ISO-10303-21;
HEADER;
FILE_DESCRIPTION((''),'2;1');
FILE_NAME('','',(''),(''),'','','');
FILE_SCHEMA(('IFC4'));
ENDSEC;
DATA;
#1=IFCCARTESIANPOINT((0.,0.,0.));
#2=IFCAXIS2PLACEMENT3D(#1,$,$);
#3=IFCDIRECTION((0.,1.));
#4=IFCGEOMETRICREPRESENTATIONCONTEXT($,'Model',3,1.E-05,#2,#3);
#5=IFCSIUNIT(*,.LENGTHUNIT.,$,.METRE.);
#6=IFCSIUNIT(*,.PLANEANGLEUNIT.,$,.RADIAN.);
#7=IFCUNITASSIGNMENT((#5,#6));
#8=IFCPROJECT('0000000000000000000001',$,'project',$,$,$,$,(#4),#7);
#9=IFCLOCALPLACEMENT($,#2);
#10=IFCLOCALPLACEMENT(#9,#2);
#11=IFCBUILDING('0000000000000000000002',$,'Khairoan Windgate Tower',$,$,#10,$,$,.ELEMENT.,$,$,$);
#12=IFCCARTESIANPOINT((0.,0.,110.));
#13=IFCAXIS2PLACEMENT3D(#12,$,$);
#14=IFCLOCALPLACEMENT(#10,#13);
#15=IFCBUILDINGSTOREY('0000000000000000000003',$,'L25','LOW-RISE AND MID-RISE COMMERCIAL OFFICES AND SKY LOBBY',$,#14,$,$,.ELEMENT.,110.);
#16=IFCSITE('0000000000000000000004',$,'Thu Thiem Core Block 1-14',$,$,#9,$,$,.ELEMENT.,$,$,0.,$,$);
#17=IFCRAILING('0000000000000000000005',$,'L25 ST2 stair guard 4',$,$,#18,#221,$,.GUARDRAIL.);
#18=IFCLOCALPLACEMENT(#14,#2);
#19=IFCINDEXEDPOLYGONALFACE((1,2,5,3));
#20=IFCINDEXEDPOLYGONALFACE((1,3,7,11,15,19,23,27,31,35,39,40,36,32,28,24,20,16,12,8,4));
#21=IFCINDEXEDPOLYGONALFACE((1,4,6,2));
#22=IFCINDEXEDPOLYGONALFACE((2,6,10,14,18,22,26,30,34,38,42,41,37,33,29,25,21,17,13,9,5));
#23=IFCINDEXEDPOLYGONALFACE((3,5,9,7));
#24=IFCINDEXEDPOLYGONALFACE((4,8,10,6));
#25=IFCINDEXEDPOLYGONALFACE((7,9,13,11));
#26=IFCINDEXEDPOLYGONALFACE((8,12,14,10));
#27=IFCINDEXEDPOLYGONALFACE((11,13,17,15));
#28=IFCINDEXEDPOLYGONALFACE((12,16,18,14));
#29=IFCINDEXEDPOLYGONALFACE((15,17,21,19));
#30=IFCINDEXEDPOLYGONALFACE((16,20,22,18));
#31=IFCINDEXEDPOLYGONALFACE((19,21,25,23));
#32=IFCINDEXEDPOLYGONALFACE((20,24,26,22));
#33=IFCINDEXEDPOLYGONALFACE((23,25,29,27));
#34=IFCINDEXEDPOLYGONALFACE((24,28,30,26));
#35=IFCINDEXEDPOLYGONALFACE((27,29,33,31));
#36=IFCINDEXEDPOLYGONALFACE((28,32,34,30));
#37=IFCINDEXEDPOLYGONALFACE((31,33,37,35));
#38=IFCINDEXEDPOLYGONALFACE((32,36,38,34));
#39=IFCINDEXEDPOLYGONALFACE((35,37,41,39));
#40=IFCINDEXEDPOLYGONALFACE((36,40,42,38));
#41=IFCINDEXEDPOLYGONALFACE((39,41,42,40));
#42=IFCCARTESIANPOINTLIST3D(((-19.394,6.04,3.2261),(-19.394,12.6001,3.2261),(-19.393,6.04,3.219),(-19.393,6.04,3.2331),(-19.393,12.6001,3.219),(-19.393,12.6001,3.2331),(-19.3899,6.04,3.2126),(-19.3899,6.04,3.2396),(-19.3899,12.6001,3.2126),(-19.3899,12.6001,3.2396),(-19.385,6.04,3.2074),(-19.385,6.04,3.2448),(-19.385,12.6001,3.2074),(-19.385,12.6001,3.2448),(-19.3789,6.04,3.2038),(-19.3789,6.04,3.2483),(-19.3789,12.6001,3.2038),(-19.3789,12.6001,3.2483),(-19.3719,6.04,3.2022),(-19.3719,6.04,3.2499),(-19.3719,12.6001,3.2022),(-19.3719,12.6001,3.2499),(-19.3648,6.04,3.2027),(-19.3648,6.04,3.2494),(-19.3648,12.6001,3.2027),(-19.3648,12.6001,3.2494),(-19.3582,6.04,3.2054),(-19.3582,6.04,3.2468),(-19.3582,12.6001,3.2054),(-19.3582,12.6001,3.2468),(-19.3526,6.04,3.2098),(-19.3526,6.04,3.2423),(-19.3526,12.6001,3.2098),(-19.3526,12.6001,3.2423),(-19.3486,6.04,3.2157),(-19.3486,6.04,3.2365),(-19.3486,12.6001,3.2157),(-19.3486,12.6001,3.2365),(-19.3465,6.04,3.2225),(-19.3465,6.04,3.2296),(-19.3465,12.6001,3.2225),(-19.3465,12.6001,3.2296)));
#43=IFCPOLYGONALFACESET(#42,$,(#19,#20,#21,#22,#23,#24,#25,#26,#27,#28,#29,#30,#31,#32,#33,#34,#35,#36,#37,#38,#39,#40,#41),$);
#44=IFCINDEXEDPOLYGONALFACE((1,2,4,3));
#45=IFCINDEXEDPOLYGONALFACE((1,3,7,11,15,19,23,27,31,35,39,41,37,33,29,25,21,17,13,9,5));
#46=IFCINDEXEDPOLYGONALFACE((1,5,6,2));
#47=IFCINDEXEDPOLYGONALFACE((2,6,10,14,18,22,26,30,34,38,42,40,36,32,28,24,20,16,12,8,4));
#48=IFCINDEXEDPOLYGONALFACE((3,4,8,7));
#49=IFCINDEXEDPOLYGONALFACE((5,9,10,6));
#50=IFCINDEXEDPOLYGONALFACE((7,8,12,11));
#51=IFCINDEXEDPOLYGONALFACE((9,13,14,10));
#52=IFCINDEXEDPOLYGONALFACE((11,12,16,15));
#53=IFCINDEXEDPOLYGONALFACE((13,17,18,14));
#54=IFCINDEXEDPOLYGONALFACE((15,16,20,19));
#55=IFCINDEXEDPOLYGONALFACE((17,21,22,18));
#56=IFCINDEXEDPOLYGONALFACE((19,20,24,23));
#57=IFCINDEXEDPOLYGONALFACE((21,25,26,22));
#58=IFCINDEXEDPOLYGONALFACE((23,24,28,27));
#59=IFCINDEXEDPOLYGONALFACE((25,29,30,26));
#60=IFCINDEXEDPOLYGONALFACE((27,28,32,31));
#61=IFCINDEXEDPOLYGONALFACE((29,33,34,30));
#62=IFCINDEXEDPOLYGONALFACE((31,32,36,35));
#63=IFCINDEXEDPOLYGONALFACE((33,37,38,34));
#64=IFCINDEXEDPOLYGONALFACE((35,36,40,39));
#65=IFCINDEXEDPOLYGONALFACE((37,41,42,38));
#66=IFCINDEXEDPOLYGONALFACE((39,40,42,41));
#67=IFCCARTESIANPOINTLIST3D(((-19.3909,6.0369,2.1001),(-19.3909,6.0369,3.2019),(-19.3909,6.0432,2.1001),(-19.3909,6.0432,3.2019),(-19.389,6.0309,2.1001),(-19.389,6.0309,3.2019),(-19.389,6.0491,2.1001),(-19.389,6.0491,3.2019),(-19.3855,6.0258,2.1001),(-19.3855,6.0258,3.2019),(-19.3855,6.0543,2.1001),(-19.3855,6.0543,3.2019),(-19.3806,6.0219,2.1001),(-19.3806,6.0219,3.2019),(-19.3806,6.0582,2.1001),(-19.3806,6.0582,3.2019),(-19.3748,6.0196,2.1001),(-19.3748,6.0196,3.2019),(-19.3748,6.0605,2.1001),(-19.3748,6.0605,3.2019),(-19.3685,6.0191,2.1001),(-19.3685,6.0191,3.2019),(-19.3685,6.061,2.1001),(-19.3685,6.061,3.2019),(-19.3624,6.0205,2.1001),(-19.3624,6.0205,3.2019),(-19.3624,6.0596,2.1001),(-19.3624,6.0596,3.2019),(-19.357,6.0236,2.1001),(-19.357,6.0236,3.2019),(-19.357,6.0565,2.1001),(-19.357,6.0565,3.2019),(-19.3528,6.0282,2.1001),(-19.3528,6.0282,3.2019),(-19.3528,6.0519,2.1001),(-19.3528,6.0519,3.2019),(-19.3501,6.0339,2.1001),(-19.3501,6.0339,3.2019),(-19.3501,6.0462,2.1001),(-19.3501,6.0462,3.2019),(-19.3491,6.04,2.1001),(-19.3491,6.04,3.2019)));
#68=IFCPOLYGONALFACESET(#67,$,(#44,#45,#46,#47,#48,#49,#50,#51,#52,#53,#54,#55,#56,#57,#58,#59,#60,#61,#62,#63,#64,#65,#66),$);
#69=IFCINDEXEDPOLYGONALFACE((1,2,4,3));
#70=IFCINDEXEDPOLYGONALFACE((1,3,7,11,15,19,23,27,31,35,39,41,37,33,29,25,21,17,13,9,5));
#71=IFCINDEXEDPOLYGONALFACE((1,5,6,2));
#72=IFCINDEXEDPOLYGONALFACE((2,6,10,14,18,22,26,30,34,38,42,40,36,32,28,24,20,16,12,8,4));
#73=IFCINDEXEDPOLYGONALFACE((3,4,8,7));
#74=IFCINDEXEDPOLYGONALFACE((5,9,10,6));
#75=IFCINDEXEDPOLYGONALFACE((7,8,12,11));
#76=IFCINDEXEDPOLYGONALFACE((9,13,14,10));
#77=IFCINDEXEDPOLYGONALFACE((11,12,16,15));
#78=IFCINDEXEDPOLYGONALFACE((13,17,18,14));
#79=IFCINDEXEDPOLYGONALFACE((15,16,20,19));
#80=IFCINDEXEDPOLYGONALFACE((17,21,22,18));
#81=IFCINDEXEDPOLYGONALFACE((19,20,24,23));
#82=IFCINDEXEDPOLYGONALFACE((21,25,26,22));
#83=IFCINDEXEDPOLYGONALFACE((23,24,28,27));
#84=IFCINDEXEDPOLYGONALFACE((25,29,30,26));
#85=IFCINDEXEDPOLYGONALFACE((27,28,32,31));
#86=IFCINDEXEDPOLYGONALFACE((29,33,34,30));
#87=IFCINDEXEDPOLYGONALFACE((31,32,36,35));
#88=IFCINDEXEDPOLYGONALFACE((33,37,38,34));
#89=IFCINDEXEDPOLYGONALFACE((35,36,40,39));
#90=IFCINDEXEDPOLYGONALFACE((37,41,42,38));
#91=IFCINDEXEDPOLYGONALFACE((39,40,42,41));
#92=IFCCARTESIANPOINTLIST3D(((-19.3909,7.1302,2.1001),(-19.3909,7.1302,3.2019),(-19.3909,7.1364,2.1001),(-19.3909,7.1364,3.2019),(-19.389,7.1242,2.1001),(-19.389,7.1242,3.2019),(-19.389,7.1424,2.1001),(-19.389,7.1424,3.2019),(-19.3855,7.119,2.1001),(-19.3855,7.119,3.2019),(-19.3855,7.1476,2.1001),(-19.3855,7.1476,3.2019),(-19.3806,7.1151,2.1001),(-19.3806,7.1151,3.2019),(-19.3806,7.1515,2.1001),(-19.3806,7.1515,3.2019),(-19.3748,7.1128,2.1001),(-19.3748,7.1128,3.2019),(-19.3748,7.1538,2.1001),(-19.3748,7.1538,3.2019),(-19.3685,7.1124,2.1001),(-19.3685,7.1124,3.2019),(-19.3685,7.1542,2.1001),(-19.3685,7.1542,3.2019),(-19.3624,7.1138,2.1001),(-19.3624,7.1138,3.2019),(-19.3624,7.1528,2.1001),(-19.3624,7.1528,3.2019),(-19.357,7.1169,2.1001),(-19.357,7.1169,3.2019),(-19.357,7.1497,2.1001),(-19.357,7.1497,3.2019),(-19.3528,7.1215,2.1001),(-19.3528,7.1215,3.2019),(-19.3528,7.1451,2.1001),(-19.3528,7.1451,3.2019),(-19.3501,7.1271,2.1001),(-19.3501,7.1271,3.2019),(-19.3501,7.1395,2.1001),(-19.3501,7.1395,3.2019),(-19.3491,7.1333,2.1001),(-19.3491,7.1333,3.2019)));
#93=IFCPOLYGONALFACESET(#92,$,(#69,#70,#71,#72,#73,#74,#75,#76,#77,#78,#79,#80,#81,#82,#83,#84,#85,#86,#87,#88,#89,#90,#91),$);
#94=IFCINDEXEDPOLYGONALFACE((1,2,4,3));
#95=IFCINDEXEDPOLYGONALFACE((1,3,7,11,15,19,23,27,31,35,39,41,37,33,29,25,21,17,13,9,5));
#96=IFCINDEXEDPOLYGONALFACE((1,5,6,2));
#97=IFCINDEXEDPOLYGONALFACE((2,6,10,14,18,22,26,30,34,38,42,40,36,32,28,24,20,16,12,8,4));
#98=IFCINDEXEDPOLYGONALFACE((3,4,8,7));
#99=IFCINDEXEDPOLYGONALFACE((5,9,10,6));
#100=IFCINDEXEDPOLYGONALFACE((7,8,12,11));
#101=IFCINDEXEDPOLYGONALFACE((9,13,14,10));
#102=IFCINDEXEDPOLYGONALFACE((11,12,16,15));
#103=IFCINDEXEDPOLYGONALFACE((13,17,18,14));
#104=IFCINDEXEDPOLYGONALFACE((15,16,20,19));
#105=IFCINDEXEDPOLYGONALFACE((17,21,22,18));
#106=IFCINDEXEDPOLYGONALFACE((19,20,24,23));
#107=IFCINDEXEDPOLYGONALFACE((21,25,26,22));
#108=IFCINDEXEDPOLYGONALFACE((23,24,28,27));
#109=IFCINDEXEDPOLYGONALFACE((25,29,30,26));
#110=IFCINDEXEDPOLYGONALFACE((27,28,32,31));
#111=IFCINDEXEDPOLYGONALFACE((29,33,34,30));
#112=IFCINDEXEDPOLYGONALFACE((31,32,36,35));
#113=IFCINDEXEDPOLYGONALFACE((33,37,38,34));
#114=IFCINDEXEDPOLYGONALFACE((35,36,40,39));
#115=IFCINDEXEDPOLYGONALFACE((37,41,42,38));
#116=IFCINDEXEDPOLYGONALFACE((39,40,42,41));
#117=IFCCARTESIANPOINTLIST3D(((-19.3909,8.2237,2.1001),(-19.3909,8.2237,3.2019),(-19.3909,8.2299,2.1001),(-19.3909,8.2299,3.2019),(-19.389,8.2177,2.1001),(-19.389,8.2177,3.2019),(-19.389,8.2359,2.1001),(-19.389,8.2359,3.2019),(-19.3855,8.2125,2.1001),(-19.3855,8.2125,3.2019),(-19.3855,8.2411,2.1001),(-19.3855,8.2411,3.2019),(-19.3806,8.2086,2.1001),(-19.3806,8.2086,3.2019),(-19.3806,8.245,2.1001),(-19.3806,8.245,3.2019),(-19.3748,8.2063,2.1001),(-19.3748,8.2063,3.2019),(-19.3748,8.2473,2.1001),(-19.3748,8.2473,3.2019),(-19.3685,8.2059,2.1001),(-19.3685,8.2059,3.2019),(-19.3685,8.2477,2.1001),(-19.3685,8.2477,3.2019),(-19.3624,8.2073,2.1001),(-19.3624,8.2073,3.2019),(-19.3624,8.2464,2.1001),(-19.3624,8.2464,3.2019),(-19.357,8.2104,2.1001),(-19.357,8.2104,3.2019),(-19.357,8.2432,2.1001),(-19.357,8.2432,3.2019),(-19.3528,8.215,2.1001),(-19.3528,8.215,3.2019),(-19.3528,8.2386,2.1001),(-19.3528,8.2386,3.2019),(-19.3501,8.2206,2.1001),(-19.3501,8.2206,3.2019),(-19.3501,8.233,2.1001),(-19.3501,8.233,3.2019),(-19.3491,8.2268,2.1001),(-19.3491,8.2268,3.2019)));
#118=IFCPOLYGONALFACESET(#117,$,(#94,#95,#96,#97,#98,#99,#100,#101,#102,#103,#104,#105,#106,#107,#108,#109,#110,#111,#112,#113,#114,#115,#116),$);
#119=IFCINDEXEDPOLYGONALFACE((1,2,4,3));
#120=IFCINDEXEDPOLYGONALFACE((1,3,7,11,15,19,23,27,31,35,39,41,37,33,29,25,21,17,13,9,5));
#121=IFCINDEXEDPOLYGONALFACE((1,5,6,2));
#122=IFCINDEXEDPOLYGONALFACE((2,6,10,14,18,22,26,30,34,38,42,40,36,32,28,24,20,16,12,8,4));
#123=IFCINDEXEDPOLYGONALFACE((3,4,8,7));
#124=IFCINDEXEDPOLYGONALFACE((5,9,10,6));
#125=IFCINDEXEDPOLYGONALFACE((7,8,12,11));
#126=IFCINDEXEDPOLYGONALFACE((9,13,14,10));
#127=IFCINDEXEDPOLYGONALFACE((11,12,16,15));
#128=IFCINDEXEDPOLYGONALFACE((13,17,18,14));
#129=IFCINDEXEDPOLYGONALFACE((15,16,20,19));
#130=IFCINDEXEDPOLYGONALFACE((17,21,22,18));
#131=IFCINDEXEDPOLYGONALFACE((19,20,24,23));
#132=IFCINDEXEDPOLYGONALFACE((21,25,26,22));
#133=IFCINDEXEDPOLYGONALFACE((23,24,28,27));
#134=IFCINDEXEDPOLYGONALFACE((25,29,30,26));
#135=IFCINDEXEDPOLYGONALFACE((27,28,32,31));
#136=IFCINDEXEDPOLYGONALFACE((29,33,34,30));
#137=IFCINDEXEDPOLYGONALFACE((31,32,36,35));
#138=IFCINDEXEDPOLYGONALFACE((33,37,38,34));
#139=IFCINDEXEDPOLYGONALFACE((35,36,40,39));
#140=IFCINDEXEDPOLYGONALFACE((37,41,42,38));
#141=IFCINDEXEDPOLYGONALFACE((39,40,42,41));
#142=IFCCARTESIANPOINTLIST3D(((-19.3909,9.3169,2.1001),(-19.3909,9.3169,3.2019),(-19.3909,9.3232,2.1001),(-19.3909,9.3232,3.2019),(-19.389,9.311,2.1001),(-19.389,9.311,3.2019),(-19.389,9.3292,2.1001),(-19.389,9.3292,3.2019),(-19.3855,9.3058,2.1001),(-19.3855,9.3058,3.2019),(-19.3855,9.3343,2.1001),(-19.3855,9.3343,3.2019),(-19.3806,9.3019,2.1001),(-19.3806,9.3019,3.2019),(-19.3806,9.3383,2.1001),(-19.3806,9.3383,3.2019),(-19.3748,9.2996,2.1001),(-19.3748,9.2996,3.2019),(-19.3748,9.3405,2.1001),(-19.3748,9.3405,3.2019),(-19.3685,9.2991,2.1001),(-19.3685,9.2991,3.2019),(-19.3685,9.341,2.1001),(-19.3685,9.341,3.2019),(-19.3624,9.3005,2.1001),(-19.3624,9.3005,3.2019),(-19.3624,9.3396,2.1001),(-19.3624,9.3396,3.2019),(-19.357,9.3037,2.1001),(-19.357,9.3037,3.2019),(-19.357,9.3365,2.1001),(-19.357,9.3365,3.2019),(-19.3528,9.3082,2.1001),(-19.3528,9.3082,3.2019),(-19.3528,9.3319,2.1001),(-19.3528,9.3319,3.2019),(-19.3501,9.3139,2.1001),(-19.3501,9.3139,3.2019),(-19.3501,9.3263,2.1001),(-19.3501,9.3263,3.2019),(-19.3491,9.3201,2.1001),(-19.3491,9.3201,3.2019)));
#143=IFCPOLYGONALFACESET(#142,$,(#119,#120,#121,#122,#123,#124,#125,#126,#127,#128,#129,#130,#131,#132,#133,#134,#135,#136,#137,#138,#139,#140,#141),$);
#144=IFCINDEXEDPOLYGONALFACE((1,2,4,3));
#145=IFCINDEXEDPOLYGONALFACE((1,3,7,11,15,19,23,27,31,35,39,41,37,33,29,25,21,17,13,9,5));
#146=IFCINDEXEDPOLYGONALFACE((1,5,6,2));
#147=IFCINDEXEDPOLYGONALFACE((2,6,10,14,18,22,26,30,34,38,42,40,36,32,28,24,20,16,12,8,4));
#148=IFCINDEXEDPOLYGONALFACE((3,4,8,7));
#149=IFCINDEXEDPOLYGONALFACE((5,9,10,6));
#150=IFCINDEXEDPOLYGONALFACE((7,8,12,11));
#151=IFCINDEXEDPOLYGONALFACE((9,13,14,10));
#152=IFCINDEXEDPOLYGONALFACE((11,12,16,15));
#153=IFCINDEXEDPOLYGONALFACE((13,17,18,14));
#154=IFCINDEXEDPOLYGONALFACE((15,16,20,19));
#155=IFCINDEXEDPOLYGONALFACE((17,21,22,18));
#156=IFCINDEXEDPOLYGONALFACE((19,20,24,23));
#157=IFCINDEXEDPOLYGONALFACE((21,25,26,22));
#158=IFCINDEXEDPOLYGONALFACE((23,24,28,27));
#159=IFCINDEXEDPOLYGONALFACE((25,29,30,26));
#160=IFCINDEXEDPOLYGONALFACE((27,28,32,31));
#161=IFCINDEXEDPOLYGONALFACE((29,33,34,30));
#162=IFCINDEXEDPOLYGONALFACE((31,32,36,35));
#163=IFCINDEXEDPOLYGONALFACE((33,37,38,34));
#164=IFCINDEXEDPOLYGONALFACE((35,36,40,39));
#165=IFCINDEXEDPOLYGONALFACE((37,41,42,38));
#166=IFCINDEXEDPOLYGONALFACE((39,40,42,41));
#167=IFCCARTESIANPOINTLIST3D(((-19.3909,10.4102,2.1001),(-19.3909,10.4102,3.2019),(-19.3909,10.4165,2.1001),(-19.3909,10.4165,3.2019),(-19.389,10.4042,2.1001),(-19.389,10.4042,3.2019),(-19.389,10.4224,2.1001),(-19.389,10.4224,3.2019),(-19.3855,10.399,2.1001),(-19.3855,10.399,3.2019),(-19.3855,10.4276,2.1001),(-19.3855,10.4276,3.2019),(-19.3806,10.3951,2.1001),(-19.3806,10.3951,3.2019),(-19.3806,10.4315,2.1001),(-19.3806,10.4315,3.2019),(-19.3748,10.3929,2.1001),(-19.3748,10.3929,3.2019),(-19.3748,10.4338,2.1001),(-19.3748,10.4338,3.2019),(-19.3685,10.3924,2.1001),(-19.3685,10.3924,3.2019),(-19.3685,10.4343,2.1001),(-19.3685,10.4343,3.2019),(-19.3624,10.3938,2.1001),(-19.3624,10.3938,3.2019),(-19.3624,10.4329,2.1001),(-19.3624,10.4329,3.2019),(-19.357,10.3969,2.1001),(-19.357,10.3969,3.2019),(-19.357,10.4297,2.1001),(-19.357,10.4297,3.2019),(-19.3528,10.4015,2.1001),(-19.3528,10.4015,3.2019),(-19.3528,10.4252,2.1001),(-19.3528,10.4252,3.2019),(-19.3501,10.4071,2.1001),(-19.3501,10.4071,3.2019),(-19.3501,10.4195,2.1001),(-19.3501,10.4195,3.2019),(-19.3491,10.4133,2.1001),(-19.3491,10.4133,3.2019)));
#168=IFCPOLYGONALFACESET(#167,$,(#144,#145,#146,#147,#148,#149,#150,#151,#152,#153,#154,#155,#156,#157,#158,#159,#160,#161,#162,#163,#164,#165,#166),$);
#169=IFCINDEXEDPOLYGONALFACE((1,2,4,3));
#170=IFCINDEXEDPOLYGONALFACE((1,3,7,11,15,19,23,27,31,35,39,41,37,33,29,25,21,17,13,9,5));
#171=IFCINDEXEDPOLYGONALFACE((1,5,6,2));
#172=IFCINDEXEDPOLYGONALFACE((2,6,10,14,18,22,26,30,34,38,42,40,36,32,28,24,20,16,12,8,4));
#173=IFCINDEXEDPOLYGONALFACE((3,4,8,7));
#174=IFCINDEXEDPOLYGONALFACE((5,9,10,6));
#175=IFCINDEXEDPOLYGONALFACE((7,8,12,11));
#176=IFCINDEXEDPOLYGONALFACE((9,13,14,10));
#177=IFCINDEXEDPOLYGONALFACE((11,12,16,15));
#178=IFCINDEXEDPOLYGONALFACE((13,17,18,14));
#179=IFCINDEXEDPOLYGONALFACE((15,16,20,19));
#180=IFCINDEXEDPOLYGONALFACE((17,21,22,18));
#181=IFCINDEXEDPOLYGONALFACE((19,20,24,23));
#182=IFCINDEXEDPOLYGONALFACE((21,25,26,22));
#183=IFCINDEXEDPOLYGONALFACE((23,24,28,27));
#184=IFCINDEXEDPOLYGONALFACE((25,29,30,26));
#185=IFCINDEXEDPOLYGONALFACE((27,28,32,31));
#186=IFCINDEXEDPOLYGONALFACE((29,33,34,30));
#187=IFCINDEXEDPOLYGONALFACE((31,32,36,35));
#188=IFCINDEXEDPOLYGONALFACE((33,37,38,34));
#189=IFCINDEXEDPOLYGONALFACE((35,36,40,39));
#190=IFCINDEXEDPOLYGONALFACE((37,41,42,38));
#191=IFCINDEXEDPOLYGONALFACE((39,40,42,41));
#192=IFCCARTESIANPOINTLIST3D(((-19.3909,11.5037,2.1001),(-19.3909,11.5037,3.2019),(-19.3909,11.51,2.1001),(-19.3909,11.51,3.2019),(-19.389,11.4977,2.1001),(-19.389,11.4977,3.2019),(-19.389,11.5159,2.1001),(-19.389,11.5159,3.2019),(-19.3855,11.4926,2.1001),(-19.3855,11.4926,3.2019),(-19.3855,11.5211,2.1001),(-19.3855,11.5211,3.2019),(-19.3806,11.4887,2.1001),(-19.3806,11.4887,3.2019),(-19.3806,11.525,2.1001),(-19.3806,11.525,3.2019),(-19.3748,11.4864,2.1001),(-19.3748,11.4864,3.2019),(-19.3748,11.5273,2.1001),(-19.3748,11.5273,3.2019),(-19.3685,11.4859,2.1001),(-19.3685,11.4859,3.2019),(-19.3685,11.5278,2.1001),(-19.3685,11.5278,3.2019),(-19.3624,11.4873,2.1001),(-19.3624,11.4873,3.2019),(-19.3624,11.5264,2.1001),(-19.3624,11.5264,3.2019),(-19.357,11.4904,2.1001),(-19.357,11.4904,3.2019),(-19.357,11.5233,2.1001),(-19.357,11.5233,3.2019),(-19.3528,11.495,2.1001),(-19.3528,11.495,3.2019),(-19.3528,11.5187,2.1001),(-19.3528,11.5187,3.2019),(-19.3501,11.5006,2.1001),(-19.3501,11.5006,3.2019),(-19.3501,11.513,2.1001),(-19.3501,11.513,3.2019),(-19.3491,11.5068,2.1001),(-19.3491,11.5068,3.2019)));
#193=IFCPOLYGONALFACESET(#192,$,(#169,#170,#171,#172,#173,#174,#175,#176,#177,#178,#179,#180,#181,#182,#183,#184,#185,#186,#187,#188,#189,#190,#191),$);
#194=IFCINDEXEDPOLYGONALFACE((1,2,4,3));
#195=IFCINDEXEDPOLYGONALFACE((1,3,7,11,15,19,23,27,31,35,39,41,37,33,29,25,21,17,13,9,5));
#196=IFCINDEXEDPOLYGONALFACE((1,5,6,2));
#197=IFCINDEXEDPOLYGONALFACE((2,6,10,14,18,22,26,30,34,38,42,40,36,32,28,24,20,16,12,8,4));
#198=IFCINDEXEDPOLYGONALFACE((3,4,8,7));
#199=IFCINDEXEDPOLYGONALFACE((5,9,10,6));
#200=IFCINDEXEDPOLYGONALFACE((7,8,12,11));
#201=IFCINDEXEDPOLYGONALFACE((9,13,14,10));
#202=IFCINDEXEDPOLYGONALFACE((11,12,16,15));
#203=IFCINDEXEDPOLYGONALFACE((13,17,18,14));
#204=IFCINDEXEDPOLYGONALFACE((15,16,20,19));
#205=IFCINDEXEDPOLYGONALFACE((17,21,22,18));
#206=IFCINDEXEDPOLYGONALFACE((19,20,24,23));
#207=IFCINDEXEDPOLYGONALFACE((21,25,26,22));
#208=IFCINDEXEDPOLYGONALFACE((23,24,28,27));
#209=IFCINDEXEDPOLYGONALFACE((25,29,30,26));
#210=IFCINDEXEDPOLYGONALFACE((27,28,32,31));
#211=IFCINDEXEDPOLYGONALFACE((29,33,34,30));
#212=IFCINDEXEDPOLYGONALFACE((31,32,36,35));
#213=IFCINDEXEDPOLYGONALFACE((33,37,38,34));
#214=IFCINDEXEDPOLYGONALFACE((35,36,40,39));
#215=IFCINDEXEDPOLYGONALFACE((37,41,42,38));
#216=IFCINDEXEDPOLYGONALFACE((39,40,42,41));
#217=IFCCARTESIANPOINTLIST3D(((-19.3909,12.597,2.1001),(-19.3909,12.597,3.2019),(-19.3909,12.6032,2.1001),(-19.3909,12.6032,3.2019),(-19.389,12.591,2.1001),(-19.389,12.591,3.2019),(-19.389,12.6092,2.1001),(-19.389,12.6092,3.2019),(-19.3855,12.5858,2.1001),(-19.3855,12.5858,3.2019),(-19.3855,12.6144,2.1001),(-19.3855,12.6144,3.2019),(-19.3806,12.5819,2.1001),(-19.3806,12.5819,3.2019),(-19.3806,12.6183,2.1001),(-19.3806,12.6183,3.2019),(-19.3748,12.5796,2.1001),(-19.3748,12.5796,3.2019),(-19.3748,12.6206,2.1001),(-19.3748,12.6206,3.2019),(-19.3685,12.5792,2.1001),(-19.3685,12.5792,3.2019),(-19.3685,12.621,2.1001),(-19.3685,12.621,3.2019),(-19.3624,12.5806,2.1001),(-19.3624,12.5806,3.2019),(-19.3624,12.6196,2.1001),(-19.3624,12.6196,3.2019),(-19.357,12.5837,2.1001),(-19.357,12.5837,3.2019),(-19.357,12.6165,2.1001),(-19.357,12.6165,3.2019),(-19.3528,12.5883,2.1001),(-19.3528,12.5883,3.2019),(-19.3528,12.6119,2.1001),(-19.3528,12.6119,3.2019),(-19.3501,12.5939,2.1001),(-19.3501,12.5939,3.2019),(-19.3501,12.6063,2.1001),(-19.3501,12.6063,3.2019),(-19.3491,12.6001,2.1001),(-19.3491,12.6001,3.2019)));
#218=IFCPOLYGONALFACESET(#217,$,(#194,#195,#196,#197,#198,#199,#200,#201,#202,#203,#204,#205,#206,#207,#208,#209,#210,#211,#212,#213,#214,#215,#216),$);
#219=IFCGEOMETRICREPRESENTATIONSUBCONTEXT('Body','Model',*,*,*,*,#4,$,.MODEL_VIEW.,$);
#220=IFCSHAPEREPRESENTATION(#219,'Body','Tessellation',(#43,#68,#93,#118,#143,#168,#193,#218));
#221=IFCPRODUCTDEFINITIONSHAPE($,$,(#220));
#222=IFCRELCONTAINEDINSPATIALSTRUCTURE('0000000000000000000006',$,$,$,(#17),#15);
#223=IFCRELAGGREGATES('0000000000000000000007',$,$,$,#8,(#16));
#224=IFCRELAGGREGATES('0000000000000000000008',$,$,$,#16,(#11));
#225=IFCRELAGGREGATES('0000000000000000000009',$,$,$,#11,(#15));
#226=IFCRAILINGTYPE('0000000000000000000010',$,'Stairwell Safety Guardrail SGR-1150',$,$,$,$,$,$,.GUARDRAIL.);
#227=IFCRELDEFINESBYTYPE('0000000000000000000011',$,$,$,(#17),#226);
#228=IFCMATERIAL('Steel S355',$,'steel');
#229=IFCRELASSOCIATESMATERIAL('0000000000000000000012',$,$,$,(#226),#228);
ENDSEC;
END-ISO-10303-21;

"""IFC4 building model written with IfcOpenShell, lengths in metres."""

from ifc_helpers import new_model, si_unit, direction, frame, origin, origin_2d, place, context, subcontext, project, spatial, circle, extrude, material, type_object, element, save


model = new_model("IFC4")

# Units and contexts
model_context = context("Model", 3, precision=1e-05, world=origin(), true_north=direction((0.0, 1.0)))
body_context = subcontext(model_context, "Body", "Model", "MODEL_VIEW")
ifc_project = project(units=[si_unit("LENGTHUNIT", "METRE"), si_unit("PLANEANGLEUNIT", "RADIAN")], contexts=[model_context])

# Site, building, storey
site_placement = place(None, origin())
site = spatial("IfcSite", under=ifc_project, at=site_placement, Name="Thu Thiem Core Block 1-14", CompositionType="ELEMENT", RefElevation=0.0)
building_placement = place(site_placement, origin())
building = spatial("IfcBuilding", under=site, at=building_placement, Name="Khairoan Windgate Tower", CompositionType="ELEMENT")
storey_placement = place(building_placement, frame((0.0, 0.0, 110.0)))
storey = spatial("IfcBuildingStorey", under=building, at=storey_placement, Name="L25", Description="LOW-RISE AND MID-RISE COMMERCIAL OFFICES AND SKY LOBBY", CompositionType="ELEMENT", Elevation=110.0)

# Railing
ifc_material_1 = material(Name="Steel S355", Category="steel")
railing_type_1 = type_object("IfcRailingType", Name="Stairwell Safety Guardrail SGR-1150", PredefinedType="GUARDRAIL", material=ifc_material_1)
railing_1_placement = place(storey_placement, frame((-19.3701, 6.04, 2.1001)))
element("IfcRailing", 1, at=railing_1_placement, inside=storey, type_object=railing_type_1, Name="L25 ST2 stair guard 4", PredefinedType="GUARDRAIL", context=body_context, shape_type="SweptSolid", body=[
    extrude(circle(Radius=0.0239, at=origin_2d()), frame((0.0, 0.0, 1.126), z_axis=(0.0, 1.0, 0.0), x_axis=(-1.0, 0.0, 0.0)), (0.0, 0.0, 1.0), 6.5601),
    extrude(circle(Radius=0.021, at=origin_2d()), origin(), (0.0, 0.0, 1.0), 1.1018),
    extrude(circle(Radius=0.021, at=origin_2d()), frame((0.0, 1.0933, 0.0)), (0.0, 0.0, 1.0), 1.1018),
    extrude(circle(Radius=0.021, at=origin_2d()), frame((0.0, 2.1868, 0.0)), (0.0, 0.0, 1.0), 1.1018),
    extrude(circle(Radius=0.021, at=origin_2d()), frame((0.0, 3.28, 0.0)), (0.0, 0.0, 1.0), 1.1018),
    extrude(circle(Radius=0.021, at=origin_2d()), frame((0.0, 4.3733, 0.0)), (0.0, 0.0, 1.0), 1.1018),
    extrude(circle(Radius=0.021, at=origin_2d()), frame((0.0, 5.4668, 0.0)), (0.0, 0.0, 1.0), 1.1018),
    extrude(circle(Radius=0.021, at=origin_2d()), frame((0.0, 6.5601, 0.0)), (0.0, 0.0, 1.0), 1.1018),
])

save(model, "model.ifc")
